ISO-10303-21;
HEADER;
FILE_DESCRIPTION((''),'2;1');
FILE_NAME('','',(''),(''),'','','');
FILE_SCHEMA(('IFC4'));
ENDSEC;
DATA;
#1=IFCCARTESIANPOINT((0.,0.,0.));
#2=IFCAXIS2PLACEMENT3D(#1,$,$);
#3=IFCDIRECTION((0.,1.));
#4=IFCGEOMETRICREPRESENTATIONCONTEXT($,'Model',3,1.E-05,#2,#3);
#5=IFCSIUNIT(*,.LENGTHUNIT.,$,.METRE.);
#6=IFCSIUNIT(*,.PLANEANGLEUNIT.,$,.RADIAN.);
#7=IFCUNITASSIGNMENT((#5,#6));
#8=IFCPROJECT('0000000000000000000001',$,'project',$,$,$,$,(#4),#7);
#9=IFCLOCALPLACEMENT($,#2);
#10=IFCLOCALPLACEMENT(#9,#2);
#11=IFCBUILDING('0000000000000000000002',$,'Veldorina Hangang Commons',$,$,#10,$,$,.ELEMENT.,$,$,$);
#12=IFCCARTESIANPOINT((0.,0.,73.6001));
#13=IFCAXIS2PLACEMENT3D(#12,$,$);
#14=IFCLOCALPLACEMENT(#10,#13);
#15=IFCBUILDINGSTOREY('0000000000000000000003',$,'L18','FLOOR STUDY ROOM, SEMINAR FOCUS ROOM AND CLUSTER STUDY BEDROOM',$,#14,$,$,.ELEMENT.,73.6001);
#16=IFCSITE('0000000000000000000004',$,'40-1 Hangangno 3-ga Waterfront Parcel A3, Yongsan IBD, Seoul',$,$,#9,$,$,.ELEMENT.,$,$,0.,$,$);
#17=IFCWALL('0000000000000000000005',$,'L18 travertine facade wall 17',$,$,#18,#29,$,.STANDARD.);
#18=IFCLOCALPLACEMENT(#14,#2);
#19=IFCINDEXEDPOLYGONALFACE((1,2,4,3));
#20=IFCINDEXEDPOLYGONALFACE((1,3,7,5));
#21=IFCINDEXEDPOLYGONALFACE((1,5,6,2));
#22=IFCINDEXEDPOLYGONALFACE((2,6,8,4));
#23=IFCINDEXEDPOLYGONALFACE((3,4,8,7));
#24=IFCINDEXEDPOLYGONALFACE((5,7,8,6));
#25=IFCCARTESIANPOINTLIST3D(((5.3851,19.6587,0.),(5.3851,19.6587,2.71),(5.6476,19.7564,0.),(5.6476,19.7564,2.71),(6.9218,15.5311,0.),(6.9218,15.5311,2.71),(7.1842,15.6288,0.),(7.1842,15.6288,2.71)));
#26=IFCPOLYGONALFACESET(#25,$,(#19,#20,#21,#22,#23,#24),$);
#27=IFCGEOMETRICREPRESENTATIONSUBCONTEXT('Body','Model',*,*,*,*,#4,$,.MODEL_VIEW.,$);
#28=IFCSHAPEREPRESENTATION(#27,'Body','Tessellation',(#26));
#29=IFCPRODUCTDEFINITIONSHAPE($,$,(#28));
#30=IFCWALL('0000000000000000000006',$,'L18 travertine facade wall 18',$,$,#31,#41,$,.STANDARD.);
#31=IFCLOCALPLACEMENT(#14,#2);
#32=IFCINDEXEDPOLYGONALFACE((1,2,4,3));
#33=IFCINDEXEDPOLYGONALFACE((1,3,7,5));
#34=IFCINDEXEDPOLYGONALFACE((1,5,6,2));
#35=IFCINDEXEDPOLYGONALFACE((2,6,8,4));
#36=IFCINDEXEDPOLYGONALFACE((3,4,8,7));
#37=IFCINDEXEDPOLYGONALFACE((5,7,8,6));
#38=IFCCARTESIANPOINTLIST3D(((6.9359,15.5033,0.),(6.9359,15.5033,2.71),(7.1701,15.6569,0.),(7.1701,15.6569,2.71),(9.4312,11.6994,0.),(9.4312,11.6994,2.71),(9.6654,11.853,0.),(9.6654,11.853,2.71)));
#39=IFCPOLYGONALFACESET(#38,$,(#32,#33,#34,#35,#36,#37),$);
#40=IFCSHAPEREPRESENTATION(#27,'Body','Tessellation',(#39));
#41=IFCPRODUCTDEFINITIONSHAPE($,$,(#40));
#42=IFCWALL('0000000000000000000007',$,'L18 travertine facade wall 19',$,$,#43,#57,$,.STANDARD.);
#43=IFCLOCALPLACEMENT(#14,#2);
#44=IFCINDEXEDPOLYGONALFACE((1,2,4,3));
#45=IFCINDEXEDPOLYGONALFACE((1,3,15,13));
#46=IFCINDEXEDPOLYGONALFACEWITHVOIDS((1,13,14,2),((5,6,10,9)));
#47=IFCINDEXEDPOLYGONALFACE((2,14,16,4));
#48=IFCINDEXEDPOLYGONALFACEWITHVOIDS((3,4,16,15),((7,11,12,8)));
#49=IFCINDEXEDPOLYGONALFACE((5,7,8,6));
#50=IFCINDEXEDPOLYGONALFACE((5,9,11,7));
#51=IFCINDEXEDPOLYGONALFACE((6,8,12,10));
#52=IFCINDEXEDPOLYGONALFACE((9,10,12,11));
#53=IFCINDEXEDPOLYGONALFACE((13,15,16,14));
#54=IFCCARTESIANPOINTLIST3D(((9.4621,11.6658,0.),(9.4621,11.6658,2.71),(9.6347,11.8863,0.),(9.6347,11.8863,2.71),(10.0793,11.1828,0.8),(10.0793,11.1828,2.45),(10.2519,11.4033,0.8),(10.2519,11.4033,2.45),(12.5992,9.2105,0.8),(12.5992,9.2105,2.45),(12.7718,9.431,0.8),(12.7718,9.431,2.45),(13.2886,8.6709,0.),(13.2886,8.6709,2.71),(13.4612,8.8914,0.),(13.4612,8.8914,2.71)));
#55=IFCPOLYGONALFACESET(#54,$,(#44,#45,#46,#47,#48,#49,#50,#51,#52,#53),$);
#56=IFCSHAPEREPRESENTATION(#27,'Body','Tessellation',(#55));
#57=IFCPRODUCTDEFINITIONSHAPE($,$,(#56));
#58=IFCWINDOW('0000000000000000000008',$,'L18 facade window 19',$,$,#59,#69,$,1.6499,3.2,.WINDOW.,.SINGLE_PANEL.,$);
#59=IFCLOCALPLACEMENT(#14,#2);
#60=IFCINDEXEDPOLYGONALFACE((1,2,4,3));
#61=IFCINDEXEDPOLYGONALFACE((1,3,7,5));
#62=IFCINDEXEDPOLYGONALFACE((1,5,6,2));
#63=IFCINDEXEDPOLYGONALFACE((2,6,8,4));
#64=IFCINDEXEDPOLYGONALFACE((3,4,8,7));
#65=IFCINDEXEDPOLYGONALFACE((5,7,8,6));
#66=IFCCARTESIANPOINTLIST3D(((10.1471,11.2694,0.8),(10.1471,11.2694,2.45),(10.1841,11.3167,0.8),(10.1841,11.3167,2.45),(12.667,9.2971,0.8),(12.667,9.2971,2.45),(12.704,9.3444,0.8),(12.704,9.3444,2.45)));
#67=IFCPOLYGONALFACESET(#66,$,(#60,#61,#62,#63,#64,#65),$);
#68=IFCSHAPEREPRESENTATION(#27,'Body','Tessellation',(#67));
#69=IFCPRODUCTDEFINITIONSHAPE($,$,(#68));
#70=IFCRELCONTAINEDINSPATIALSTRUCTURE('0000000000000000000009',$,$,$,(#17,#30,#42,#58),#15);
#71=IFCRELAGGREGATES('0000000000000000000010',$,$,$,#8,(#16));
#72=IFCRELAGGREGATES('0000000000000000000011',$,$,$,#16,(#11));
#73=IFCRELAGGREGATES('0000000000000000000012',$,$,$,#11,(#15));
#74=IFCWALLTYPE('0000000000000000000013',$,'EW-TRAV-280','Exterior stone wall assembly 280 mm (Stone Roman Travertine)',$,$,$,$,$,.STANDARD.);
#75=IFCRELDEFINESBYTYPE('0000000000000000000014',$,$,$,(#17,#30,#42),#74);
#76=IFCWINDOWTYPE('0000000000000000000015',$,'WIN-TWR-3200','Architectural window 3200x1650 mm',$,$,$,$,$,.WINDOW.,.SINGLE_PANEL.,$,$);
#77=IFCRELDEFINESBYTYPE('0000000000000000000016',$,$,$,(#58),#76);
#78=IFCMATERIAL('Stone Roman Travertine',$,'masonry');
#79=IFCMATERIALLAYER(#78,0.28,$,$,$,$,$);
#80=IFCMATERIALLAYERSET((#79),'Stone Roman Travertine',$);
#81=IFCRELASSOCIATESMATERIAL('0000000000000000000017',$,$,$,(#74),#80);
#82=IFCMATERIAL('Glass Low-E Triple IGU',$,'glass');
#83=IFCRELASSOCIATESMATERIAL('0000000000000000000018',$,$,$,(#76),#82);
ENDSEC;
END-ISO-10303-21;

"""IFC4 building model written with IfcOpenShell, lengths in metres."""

from ifc_helpers import new_model, si_unit, direction, frame, frame_2d, origin, place, context, subcontext, project, spatial, rectangle, extrude, material, layer, layer_set, type_object, element, fill, save


model = new_model("IFC4")

# Units and contexts
model_context = context("Model", 3, precision=1e-05, world=origin(), true_north=direction((0.0, 1.0)))
body_context = subcontext(model_context, "Body", "Model", "MODEL_VIEW")
ifc_project = project(units=[si_unit("LENGTHUNIT", "METRE"), si_unit("PLANEANGLEUNIT", "RADIAN")], contexts=[model_context])

# Site, building, storey
site_placement = place(None, origin())
site = spatial("IfcSite", under=ifc_project, at=site_placement, Name="40-1 Hangangno 3-ga Waterfront Parcel A3, Yongsan IBD, Seoul", CompositionType="ELEMENT", RefElevation=0.0)
building_placement = place(site_placement, origin())
building = spatial("IfcBuilding", under=site, at=building_placement, Name="Veldorina Hangang Commons", CompositionType="ELEMENT")
storey_placement = place(building_placement, frame((0.0, 0.0, 73.6001)))
storey = spatial("IfcBuildingStorey", under=building, at=storey_placement, Name="L18", Description="FLOOR STUDY ROOM, SEMINAR FOCUS ROOM AND CLUSTER STUDY BEDROOM", CompositionType="ELEMENT", Elevation=73.6001)

# Walls
ifc_material_1 = material(Name="Stone Roman Travertine", Category="masonry")
ifc_layer_1 = layer(ifc_material_1, 0.28)
ifc_layer_set_1 = layer_set([ifc_layer_1], Name="Stone Roman Travertine")
wall_type = type_object("IfcWallType", Name="EW-TRAV-280", Description="Exterior stone wall assembly 280 mm (Stone Roman Travertine)", PredefinedType="STANDARD", material=ifc_layer_set_1)
wall_1_placement = place(storey_placement, frame((5.5164, 19.7075, 0.0), z_axis=(0.0, 0.0, 1.0), x_axis=(0.348899, -0.93716, 0.0)))
element("IfcWall", 1, at=wall_1_placement, inside=storey, type_object=wall_type, Name="L18 travertine facade wall 17", PredefinedType="STANDARD", context=body_context, shape_type="SweptSolid", body=[
    extrude(rectangle(XDim=4.4043, YDim=0.28, at=frame_2d((2.2021, 0.0))), origin(), (0.0, 0.0, 1.0), 2.71),
])
wall_2_placement = place(storey_placement, frame((7.053, 15.5801, 0.0), z_axis=(0.0, 0.0, 1.0), x_axis=(0.548505, -0.836147, 0.0)))
element("IfcWall", 2, at=wall_2_placement, inside=storey, type_object=wall_type, Name="L18 travertine facade wall 18", PredefinedType="STANDARD", context=body_context, shape_type="SweptSolid", body=[
    extrude(rectangle(XDim=4.5493, YDim=0.28, at=frame_2d((2.2747, 0.0))), origin(), (0.0, 0.0, 1.0), 2.71),
])

# Wall, opening, window
wall_3_placement = place(storey_placement, frame((9.5483, 11.7761, 0.0), z_axis=(0.0, 0.0, 1.0), x_axis=(0.787476, -0.616345, 0.0)))
wall_3 = element("IfcWall", 3, at=wall_3_placement, inside=storey, type_object=wall_type, Name="L18 travertine facade wall 19", PredefinedType="STANDARD", context=body_context, shape_type="SweptSolid", body=[
    extrude(rectangle(XDim=4.8591, YDim=0.28, at=frame_2d((2.4297, 0.0))), origin(), (0.0, 0.0, 1.0), 2.71),
])
opening_placement = place(wall_3_placement, frame((0.7837, 0.0, 0.8)))
opening = element("IfcOpeningElement", 4, at=opening_placement, cuts=wall_3, PredefinedType="OPENING", context=body_context, shape_type="SweptSolid", body=[
    extrude(rectangle(XDim=3.2, YDim=1.6499, at=frame_2d((1.6001, 0.825))), frame((0.0, 0.1499, 0.0), z_axis=(0.0, -1.0, 0.0), x_axis=(1.0, 0.0, 0.0)), (0.0, 0.0, 1.0), 0.3),
])
ifc_material_2 = material(Name="Glass Low-E Triple IGU", Category="glass")
window_type = type_object("IfcWindowType", Name="WIN-TWR-3200", Description="Architectural window 3200x1650 mm", PartitioningType="SINGLE_PANEL", PredefinedType="WINDOW", material=ifc_material_2)
window_placement = place(opening_placement, origin())
window = element("IfcWindow", 5, at=window_placement, inside=storey, type_object=window_type, Name="L18 facade window 19", OverallHeight=1.6499, OverallWidth=3.2, PartitioningType="SINGLE_PANEL", PredefinedType="WINDOW", context=body_context, shape_type="SweptSolid", body=[
    extrude(rectangle(XDim=3.2, YDim=1.6499, at=frame_2d((1.6001, 0.825))), frame((0.0, 0.03, 0.0), z_axis=(0.0, -1.0, 0.0), x_axis=(1.0, 0.0, 0.0)), (0.0, 0.0, 1.0), 0.0601),
])
fill(opening, window)

save(model, "model.ifc")
